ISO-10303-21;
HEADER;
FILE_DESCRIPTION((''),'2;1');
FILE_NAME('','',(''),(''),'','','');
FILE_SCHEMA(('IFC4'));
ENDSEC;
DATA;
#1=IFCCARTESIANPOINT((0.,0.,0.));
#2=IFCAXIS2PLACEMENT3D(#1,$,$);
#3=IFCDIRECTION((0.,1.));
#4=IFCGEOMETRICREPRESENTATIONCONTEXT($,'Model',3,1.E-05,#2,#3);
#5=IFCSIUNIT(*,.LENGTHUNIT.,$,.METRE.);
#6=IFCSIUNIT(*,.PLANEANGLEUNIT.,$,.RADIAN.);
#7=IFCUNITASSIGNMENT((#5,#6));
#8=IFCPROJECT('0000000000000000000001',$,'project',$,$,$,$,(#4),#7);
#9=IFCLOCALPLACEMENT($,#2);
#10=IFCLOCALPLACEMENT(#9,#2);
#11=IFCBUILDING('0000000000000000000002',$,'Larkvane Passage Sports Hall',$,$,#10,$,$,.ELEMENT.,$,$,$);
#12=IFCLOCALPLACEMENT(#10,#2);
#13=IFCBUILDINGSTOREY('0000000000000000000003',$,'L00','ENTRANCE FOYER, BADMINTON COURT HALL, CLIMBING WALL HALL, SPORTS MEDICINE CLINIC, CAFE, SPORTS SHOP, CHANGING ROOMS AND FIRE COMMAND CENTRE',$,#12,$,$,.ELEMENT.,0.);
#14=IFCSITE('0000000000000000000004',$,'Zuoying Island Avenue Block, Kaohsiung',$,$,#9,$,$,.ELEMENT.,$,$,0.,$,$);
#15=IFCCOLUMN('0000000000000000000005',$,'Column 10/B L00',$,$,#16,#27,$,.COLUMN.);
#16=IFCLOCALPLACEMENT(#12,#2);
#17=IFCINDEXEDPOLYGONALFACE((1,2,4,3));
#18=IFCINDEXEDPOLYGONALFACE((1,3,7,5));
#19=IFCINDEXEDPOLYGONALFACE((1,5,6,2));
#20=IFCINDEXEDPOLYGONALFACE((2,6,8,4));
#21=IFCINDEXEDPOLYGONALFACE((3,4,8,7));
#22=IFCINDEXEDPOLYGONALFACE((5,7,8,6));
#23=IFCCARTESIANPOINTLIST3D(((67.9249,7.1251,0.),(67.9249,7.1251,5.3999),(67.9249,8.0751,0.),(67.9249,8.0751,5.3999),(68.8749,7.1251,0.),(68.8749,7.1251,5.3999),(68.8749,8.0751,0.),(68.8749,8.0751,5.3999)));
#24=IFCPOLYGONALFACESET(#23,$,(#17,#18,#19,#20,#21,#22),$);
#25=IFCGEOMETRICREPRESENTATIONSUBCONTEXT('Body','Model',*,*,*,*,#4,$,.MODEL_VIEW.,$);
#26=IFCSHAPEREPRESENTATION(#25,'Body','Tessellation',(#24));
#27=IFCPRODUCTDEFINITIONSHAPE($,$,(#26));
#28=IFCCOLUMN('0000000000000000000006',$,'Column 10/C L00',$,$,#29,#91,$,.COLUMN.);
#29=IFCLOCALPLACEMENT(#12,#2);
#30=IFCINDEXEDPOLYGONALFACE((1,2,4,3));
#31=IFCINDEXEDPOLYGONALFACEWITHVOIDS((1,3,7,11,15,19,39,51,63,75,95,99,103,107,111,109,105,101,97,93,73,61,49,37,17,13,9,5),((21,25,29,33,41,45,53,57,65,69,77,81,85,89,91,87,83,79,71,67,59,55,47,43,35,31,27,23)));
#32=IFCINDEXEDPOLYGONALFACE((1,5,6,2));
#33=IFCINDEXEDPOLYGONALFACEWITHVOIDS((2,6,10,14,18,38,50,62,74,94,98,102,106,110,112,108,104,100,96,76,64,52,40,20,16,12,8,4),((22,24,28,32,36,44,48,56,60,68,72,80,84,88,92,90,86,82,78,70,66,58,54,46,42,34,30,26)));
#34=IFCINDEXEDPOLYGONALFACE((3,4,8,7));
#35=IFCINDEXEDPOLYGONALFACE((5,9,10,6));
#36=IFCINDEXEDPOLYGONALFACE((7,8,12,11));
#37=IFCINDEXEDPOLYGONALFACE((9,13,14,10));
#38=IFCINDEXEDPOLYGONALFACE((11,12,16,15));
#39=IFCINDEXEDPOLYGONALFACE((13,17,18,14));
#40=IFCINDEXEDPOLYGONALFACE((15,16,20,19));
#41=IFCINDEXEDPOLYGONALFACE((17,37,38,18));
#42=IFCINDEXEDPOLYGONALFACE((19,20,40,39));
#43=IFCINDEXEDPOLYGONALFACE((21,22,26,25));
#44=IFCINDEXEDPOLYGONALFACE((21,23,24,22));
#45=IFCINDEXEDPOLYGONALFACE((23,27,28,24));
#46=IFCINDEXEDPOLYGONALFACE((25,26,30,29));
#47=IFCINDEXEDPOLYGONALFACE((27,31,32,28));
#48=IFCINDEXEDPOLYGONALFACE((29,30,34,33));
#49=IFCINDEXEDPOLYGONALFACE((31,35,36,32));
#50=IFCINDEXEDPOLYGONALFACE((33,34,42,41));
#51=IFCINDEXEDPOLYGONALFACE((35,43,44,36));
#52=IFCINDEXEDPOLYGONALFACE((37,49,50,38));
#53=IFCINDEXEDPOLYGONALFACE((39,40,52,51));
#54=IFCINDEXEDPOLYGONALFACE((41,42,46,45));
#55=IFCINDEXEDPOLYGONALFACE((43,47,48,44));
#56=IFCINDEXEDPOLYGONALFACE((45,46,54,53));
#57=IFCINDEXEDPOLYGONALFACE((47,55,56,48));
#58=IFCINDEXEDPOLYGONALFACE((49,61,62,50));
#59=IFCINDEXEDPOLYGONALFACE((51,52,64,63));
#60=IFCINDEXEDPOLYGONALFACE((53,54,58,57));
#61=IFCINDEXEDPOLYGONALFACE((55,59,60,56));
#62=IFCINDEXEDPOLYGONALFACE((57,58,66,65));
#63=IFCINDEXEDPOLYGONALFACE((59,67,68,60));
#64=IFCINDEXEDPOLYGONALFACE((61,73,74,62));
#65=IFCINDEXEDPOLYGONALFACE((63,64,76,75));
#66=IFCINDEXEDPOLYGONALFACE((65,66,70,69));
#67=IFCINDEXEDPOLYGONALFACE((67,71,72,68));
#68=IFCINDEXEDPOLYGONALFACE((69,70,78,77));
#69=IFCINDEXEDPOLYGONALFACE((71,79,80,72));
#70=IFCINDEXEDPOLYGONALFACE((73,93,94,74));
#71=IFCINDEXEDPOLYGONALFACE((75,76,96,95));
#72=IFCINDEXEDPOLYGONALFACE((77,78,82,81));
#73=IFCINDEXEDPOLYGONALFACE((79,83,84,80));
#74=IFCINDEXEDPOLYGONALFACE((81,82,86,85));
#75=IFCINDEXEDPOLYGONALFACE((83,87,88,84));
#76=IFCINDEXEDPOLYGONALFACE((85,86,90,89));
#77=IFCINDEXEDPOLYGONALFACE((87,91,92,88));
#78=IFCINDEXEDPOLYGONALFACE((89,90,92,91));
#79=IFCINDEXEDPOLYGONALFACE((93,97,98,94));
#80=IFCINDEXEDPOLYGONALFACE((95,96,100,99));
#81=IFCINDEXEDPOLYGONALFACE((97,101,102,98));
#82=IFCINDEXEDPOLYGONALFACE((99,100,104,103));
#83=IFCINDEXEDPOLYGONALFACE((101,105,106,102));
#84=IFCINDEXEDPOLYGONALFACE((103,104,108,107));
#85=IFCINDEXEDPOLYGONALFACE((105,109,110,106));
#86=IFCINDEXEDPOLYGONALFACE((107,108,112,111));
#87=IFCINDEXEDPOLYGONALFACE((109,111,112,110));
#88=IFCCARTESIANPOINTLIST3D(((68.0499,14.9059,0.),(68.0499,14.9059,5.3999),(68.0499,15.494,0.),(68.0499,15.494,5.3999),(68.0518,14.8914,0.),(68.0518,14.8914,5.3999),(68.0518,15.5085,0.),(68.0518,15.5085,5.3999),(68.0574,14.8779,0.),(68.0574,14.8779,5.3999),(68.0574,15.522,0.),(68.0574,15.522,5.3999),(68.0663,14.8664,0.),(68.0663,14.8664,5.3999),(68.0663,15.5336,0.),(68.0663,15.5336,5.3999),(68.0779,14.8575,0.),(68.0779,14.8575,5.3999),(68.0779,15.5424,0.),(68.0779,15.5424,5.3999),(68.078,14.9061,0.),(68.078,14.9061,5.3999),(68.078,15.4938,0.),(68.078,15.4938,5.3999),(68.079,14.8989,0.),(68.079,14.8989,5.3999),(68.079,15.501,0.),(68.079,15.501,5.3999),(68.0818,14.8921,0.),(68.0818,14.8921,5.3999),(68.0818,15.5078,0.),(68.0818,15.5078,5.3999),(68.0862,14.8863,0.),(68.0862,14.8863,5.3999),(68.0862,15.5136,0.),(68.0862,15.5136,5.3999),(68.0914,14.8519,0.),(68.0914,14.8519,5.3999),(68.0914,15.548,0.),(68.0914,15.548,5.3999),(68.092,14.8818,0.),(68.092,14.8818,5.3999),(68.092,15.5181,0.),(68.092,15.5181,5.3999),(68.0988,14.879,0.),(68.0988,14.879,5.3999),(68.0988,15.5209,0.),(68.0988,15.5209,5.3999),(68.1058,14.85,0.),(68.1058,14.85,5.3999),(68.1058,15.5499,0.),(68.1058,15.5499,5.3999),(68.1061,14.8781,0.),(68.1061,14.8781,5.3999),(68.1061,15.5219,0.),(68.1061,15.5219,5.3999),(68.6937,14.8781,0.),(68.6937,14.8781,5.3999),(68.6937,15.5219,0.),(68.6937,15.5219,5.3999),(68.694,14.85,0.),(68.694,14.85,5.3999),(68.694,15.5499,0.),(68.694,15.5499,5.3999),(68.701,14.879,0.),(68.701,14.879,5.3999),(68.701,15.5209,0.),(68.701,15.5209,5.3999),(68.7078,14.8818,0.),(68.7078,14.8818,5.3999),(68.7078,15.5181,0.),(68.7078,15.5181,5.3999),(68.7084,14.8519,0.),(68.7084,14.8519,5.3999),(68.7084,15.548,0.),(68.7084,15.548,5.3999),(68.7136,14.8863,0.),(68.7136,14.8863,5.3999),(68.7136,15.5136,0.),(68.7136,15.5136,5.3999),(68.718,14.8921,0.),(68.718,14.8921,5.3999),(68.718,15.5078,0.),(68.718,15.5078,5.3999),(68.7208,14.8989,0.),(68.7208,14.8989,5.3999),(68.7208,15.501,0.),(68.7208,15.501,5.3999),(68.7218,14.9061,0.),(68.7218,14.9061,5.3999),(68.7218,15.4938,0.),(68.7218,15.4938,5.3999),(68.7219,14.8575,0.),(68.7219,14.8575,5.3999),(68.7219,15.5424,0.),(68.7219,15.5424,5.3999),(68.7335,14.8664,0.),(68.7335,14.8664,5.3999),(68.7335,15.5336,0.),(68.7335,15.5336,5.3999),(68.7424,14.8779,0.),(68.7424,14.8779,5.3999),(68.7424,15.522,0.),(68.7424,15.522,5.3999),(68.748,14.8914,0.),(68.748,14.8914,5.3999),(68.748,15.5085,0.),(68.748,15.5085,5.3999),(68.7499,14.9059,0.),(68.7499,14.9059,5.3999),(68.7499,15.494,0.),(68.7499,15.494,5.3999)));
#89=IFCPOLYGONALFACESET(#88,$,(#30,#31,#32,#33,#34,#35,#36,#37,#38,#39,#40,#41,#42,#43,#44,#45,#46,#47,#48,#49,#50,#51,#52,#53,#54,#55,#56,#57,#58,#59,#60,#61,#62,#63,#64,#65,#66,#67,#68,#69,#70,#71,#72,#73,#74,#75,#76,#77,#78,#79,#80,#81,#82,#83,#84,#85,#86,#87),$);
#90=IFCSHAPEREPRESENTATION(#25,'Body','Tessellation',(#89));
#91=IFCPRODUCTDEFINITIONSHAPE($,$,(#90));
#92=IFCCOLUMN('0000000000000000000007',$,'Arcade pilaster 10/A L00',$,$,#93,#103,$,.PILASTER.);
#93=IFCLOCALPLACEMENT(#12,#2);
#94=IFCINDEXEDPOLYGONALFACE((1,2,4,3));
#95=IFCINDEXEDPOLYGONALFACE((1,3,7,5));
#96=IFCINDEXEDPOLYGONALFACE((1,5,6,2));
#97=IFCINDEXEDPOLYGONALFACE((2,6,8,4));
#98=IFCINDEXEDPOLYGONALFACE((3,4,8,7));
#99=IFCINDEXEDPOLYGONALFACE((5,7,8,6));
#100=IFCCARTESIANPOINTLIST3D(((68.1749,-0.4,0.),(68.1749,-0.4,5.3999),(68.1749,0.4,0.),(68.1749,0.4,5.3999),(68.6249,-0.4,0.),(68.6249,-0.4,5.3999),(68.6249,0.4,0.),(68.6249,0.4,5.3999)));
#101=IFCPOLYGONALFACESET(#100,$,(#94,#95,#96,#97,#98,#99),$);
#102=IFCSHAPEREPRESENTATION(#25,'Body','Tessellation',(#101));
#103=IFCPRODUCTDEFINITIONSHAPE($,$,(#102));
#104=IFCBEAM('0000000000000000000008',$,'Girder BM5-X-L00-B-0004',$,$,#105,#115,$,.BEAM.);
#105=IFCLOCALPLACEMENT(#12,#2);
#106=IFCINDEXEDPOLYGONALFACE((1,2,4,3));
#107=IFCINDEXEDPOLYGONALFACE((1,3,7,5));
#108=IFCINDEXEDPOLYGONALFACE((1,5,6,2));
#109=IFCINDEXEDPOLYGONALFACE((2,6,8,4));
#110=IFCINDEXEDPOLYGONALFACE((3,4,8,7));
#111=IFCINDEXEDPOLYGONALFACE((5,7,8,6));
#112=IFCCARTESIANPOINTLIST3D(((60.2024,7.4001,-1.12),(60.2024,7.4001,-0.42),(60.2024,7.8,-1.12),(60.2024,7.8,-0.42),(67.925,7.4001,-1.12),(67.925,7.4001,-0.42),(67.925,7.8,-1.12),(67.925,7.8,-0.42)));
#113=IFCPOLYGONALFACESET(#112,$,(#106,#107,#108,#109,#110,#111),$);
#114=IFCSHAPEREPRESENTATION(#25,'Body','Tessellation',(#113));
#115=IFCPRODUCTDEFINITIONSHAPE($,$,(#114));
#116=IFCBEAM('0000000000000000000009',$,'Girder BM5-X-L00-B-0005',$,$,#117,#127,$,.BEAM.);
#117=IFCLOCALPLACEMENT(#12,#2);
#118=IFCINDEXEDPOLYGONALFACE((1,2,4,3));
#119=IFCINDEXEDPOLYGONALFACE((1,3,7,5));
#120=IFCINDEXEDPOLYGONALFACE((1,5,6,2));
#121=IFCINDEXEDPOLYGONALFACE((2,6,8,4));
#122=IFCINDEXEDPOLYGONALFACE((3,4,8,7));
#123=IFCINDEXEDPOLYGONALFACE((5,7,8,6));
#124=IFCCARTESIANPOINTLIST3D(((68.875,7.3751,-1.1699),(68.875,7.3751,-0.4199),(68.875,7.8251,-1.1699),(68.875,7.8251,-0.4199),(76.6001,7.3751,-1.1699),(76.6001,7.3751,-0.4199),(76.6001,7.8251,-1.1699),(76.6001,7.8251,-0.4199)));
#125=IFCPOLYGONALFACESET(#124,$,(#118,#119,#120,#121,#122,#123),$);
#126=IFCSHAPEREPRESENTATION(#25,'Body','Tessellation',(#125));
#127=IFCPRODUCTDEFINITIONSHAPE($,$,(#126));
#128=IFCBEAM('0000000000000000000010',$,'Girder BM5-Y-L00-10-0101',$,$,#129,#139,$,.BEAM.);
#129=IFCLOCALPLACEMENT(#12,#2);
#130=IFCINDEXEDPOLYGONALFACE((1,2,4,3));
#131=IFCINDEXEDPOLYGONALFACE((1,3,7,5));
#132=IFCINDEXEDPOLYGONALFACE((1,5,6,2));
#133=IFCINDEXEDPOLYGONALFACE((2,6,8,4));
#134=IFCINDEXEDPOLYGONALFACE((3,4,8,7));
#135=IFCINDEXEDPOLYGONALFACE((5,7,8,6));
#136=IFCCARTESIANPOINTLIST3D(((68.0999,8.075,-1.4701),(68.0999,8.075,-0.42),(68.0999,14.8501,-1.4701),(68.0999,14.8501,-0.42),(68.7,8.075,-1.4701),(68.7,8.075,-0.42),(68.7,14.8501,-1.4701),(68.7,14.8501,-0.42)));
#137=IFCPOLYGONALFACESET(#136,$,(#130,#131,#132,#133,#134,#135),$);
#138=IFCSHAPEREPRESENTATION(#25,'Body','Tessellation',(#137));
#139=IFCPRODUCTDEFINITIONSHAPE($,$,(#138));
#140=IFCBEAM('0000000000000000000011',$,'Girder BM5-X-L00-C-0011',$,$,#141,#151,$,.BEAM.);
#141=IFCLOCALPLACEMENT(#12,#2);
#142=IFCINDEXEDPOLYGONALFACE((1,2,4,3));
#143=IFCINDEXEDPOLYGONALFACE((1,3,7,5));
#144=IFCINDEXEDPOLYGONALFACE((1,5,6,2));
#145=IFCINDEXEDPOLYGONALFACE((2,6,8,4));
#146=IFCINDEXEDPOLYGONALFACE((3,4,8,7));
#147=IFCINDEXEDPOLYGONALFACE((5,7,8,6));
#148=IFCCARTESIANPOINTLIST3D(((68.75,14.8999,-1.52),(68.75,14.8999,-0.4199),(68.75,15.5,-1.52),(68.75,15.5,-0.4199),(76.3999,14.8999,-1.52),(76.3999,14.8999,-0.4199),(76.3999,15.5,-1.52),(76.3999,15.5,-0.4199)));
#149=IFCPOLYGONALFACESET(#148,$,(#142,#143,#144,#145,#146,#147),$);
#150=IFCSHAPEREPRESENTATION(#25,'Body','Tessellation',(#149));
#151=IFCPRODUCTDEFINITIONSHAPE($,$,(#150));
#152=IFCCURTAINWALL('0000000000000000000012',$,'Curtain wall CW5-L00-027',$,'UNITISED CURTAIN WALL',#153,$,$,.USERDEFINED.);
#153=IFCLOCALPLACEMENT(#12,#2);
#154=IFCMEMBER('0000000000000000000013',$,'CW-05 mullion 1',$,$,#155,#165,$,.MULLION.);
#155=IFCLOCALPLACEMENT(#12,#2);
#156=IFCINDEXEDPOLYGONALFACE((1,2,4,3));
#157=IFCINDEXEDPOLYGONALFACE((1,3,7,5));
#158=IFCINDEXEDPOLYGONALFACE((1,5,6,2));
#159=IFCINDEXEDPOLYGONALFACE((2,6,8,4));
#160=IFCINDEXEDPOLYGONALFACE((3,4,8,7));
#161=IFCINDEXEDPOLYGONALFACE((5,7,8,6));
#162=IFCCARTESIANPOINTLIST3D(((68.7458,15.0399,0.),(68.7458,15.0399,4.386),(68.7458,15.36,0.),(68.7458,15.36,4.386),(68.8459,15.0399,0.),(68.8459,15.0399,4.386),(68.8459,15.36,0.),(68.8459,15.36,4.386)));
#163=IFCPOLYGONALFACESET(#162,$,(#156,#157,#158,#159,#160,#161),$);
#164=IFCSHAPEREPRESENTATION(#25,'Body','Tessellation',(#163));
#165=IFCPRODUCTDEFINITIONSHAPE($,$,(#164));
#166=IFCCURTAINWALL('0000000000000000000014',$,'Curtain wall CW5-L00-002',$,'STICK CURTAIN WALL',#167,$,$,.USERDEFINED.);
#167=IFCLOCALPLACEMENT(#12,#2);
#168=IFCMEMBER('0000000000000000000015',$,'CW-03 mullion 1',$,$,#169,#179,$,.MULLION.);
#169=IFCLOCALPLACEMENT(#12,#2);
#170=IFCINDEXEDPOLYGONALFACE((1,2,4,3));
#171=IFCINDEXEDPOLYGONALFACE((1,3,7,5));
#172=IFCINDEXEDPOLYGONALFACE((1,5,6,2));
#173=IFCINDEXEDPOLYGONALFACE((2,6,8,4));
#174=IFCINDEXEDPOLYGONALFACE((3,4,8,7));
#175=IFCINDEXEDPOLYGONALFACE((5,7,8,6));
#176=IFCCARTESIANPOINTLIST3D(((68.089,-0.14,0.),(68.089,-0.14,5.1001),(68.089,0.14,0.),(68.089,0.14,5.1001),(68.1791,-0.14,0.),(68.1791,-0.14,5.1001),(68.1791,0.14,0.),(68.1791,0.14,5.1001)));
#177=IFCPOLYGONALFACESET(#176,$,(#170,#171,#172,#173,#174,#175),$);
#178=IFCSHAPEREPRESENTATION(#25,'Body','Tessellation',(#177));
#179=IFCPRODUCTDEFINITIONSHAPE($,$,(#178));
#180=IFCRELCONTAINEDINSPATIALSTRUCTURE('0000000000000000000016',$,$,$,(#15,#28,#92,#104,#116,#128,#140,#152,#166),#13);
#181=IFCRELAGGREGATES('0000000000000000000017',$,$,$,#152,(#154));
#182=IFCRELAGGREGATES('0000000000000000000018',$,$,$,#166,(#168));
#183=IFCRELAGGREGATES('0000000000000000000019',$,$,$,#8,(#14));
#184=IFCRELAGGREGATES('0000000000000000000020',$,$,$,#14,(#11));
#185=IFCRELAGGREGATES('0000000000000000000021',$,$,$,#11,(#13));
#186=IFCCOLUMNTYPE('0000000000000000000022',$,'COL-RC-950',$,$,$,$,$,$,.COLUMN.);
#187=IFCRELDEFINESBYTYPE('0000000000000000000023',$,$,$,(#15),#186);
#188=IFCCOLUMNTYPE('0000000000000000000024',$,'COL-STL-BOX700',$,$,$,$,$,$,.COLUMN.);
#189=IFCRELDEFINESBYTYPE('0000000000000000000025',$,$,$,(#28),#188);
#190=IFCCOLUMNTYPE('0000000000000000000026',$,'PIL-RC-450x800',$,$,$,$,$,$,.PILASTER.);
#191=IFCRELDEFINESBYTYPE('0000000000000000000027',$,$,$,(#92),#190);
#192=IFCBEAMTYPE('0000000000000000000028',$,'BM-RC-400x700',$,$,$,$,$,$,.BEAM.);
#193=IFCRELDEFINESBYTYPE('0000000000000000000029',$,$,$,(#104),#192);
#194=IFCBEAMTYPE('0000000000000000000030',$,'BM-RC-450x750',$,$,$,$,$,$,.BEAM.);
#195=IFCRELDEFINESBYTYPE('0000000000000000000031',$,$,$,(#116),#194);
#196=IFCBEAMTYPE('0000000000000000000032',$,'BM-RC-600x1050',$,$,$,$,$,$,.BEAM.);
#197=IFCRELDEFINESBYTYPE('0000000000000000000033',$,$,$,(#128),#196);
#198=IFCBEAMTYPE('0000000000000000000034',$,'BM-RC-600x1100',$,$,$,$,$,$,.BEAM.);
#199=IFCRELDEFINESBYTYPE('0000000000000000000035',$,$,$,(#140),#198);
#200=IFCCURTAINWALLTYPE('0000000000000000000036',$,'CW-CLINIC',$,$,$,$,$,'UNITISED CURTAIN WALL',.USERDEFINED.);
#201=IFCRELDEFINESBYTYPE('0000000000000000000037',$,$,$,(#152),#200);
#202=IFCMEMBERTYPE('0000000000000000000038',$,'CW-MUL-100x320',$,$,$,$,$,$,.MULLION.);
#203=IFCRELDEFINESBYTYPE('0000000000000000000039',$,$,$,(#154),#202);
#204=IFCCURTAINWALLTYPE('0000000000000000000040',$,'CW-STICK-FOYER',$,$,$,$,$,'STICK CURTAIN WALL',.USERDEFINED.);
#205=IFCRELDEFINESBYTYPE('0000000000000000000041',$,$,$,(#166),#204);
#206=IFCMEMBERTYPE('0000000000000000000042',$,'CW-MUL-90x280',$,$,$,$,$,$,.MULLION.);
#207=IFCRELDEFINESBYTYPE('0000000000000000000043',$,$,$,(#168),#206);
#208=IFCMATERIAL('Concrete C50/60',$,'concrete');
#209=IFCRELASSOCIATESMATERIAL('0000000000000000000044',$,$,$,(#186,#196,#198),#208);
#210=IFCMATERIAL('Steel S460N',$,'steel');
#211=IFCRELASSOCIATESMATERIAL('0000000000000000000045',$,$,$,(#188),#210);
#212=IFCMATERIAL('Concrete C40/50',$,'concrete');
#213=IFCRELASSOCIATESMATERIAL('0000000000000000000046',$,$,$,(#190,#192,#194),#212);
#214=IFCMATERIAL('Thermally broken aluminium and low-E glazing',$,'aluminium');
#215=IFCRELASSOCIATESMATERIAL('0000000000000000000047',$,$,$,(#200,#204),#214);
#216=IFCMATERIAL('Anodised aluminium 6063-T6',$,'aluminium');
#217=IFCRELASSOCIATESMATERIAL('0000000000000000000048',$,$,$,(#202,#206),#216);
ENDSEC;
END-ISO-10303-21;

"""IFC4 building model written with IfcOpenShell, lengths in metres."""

from ifc_helpers import new_model, si_unit, direction, frame, origin, origin_2d, place, context, subcontext, project, spatial, rectangle, hollow_rectangle, extrude, material, material_profile, profile_set, type_object, element, aggregate, save


model = new_model("IFC4")

# Units and contexts
model_context = context("Model", 3, precision=1e-05, world=origin(), true_north=direction((0.0, 1.0)))
body_context = subcontext(model_context, "Body", "Model", "MODEL_VIEW")
ifc_project = project(units=[si_unit("LENGTHUNIT", "METRE"), si_unit("PLANEANGLEUNIT", "RADIAN")], contexts=[model_context])

# Site, building, storey
site_placement = place(None, origin())
site = spatial("IfcSite", under=ifc_project, at=site_placement, Name="Zuoying Island Avenue Block, Kaohsiung", CompositionType="ELEMENT", RefElevation=0.0)
building_placement = place(site_placement, origin())
building = spatial("IfcBuilding", under=site, at=building_placement, Name="Larkvane Passage Sports Hall", CompositionType="ELEMENT")
storey_placement = place(building_placement, origin())
storey = spatial("IfcBuildingStorey", under=building, at=storey_placement, Name="L00", Description="ENTRANCE FOYER, BADMINTON COURT HALL, CLIMBING WALL HALL, SPORTS MEDICINE CLINIC, CAFE, SPORTS SHOP, CHANGING ROOMS AND FIRE COMMAND CENTRE", CompositionType="ELEMENT", Elevation=0.0)

# Columns
ifc_material_1 = material(Name="Concrete C50/60", Category="concrete")
ifc_material_profile_1 = material_profile(ifc_material_1, rectangle(XDim=0.95, YDim=0.95, at=origin_2d()), Name="RC-COL-950x950")
ifc_profile_set_1 = profile_set([ifc_material_profile_1], Name="Concrete C50/60")
column_type_1 = type_object("IfcColumnType", Name="COL-RC-950", PredefinedType="COLUMN", material=ifc_profile_set_1)
column_1_placement = place(storey_placement, frame((68.3999, 7.6001, 0.0), z_axis=(0.0, 0.0, 1.0), x_axis=(1.0, 0.0, 0.0)))
element("IfcColumn", 1, at=column_1_placement, inside=storey, type_object=column_type_1, Name="Column 10/B L00", PredefinedType="COLUMN", context=body_context, shape_type="SweptSolid", body=[
    extrude(rectangle(XDim=0.95, YDim=0.95, at=origin_2d()), origin(), (0.0, 0.0, 1.0), 5.3999),
])
ifc_material_2 = material(Name="Steel S460N", Category="steel")
ifc_material_profile_2 = material_profile(ifc_material_2, hollow_rectangle(XDim=0.7, YDim=0.7, WallThickness=0.0281, InnerFilletRadius=0.0281, OuterFilletRadius=0.0559, at=origin_2d()), Name="BOX-700x700x28")
ifc_profile_set_2 = profile_set([ifc_material_profile_2], Name="Steel S460N")
column_type_2 = type_object("IfcColumnType", Name="COL-STL-BOX700", PredefinedType="COLUMN", material=ifc_profile_set_2)
column_2_placement = place(storey_placement, frame((68.3999, 15.2, 0.0), z_axis=(0.0, 0.0, 1.0), x_axis=(1.0, 0.0, 0.0)))
element("IfcColumn", 2, at=column_2_placement, inside=storey, type_object=column_type_2, Name="Column 10/C L00", PredefinedType="COLUMN", context=body_context, shape_type="SweptSolid", body=[
    extrude(hollow_rectangle(XDim=0.7, YDim=0.7, WallThickness=0.0281, InnerFilletRadius=0.0281, OuterFilletRadius=0.0559, at=origin_2d()), origin(), (0.0, 0.0, 1.0), 5.3999),
])
ifc_material_3 = material(Name="Concrete C40/50", Category="concrete")
ifc_material_profile_3 = material_profile(ifc_material_3, rectangle(XDim=0.45, YDim=0.8, at=origin_2d()), Name="RC-PIL-450x800")
ifc_profile_set_3 = profile_set([ifc_material_profile_3], Name="Concrete C40/50")
column_type_3 = type_object("IfcColumnType", Name="PIL-RC-450x800", PredefinedType="PILASTER", material=ifc_profile_set_3)
column_3_placement = place(storey_placement, frame((68.3999, 0.0, 0.0), z_axis=(0.0, 0.0, 1.0), x_axis=(1.0, 0.0, 0.0)))
element("IfcColumn", 3, at=column_3_placement, inside=storey, type_object=column_type_3, Name="Arcade pilaster 10/A L00", PredefinedType="PILASTER", context=body_context, shape_type="SweptSolid", body=[
    extrude(rectangle(XDim=0.45, YDim=0.8, at=origin_2d()), origin(), (0.0, 0.0, 1.0), 5.3999),
])

# Beams
ifc_material_profile_4 = material_profile(ifc_material_3, rectangle(XDim=0.3999, YDim=0.7, at=origin_2d()), Name="RC-BM-400x700")
ifc_profile_set_4 = profile_set([ifc_material_profile_4], Name="Concrete C40/50")
beam_type_1 = type_object("IfcBeamType", Name="BM-RC-400x700", PredefinedType="BEAM", material=ifc_profile_set_4)
beam_1_placement = place(storey_placement, frame((60.2024, 7.6001, -0.77), z_axis=(1.0, 0.0, 0.0), x_axis=(0.0, 1.0, 0.0)))
element("IfcBeam", 4, at=beam_1_placement, inside=storey, type_object=beam_type_1, Name="Girder BM5-X-L00-B-0004", PredefinedType="BEAM", context=body_context, shape_type="SweptSolid", body=[
    extrude(rectangle(XDim=0.3999, YDim=0.7, at=origin_2d()), origin(), (0.0, 0.0, 1.0), 7.7227),
])
ifc_material_profile_5 = material_profile(ifc_material_3, rectangle(XDim=0.45, YDim=0.75, at=origin_2d()), Name="RC-BM-450x750")
ifc_profile_set_5 = profile_set([ifc_material_profile_5], Name="Concrete C40/50")
beam_type_2 = type_object("IfcBeamType", Name="BM-RC-450x750", PredefinedType="BEAM", material=ifc_profile_set_5)
beam_2_placement = place(storey_placement, frame((68.875, 7.6001, -0.7949), z_axis=(1.0, 0.0, 0.0), x_axis=(0.0, 1.0, 0.0)))
element("IfcBeam", 5, at=beam_2_placement, inside=storey, type_object=beam_type_2, Name="Girder BM5-X-L00-B-0005", PredefinedType="BEAM", context=body_context, shape_type="SweptSolid", body=[
    extrude(rectangle(XDim=0.45, YDim=0.75, at=origin_2d()), origin(), (0.0, 0.0, 1.0), 7.7251),
])
ifc_material_profile_6 = material_profile(ifc_material_1, rectangle(XDim=0.6001, YDim=1.05, at=origin_2d()), Name="RC-BM-600x1050")
ifc_profile_set_6 = profile_set([ifc_material_profile_6], Name="Concrete C50/60")
beam_type_3 = type_object("IfcBeamType", Name="BM-RC-600x1050", PredefinedType="BEAM", material=ifc_profile_set_6)
beam_3_placement = place(storey_placement, frame((68.3999, 8.075, -0.9451), z_axis=(0.0, 1.0, 0.0), x_axis=(-1.0, 0.0, 0.0)))
element("IfcBeam", 6, at=beam_3_placement, inside=storey, type_object=beam_type_3, Name="Girder BM5-Y-L00-10-0101", PredefinedType="BEAM", context=body_context, shape_type="SweptSolid", body=[
    extrude(rectangle(XDim=0.6001, YDim=1.05, at=origin_2d()), origin(), (0.0, 0.0, 1.0), 6.7751),
])
ifc_material_profile_7 = material_profile(ifc_material_1, rectangle(XDim=0.6001, YDim=1.1001, at=origin_2d()), Name="RC-BM-600x1100")
ifc_profile_set_7 = profile_set([ifc_material_profile_7], Name="Concrete C50/60")
beam_type_4 = type_object("IfcBeamType", Name="BM-RC-600x1100", PredefinedType="BEAM", material=ifc_profile_set_7)
beam_4_placement = place(storey_placement, frame((68.75, 15.2, -0.97), z_axis=(1.0, 0.0, 0.0), x_axis=(0.0, 1.0, 0.0)))
element("IfcBeam", 7, at=beam_4_placement, inside=storey, type_object=beam_type_4, Name="Girder BM5-X-L00-C-0011", PredefinedType="BEAM", context=body_context, shape_type="SweptSolid", body=[
    extrude(rectangle(XDim=0.6001, YDim=1.1001, at=origin_2d()), origin(), (0.0, 0.0, 1.0), 7.6499),
])

# Curtain walls, members
ifc_material_4 = material(Name="Thermally broken aluminium and low-E glazing", Category="aluminium")
curtain_wall_type_1 = type_object("IfcCurtainWallType", Name="CW-CLINIC", ElementType="UNITISED CURTAIN WALL", PredefinedType="USERDEFINED", material=ifc_material_4)
curtain_wall_1_placement = place(storey_placement, origin())
curtain_wall_1 = element("IfcCurtainWall", 8, at=curtain_wall_1_placement, inside=storey, type_object=curtain_wall_type_1, Name="Curtain wall CW5-L00-027", ObjectType="UNITISED CURTAIN WALL", PredefinedType="USERDEFINED")
ifc_material_5 = material(Name="Anodised aluminium 6063-T6", Category="aluminium")
ifc_material_profile_8 = material_profile(ifc_material_5, rectangle(XDim=0.1001, YDim=0.3201, at=origin_2d()), Name="ALU-MUL-100x320")
ifc_profile_set_8 = profile_set([ifc_material_profile_8], Name="Anodised aluminium 6063-T6")
member_type_1 = type_object("IfcMemberType", Name="CW-MUL-100x320", PredefinedType="MULLION", material=ifc_profile_set_8)
member_1_placement = place(storey_placement, frame((68.7959, 15.2, 0.0), z_axis=(0.0, 0.0, 1.0), x_axis=(1.0, 0.0, 0.0)))
member_1 = element("IfcMember", 9, at=member_1_placement, type_object=member_type_1, Name="CW-05 mullion 1", PredefinedType="MULLION", context=body_context, shape_type="SweptSolid", body=[
    extrude(rectangle(XDim=0.1001, YDim=0.3201, at=origin_2d()), origin(), (0.0, 0.0, 1.0), 4.386),
])
curtain_wall_type_2 = type_object("IfcCurtainWallType", Name="CW-STICK-FOYER", ElementType="STICK CURTAIN WALL", PredefinedType="USERDEFINED", material=ifc_material_4)
curtain_wall_2_placement = place(storey_placement, origin())
curtain_wall_2 = element("IfcCurtainWall", 10, at=curtain_wall_2_placement, inside=storey, type_object=curtain_wall_type_2, Name="Curtain wall CW5-L00-002", ObjectType="STICK CURTAIN WALL", PredefinedType="USERDEFINED")
ifc_material_profile_9 = material_profile(ifc_material_5, rectangle(XDim=0.0901, YDim=0.28, at=origin_2d()), Name="ALU-MUL-90x280")
ifc_profile_set_9 = profile_set([ifc_material_profile_9], Name="Anodised aluminium 6063-T6")
member_type_2 = type_object("IfcMemberType", Name="CW-MUL-90x280", PredefinedType="MULLION", material=ifc_profile_set_9)
member_2_placement = place(storey_placement, frame((68.134, 0.0, 0.0), z_axis=(0.0, 0.0, 1.0), x_axis=(-1.0, 0.0, 0.0)))
member_2 = element("IfcMember", 11, at=member_2_placement, type_object=member_type_2, Name="CW-03 mullion 1", PredefinedType="MULLION", context=body_context, shape_type="SweptSolid", body=[
    extrude(rectangle(XDim=0.0901, YDim=0.28, at=origin_2d()), origin(), (0.0, 0.0, 1.0), 5.1001),
])

aggregate(curtain_wall_1, [member_1])
aggregate(curtain_wall_2, [member_2])

save(model, "model.ifc")
